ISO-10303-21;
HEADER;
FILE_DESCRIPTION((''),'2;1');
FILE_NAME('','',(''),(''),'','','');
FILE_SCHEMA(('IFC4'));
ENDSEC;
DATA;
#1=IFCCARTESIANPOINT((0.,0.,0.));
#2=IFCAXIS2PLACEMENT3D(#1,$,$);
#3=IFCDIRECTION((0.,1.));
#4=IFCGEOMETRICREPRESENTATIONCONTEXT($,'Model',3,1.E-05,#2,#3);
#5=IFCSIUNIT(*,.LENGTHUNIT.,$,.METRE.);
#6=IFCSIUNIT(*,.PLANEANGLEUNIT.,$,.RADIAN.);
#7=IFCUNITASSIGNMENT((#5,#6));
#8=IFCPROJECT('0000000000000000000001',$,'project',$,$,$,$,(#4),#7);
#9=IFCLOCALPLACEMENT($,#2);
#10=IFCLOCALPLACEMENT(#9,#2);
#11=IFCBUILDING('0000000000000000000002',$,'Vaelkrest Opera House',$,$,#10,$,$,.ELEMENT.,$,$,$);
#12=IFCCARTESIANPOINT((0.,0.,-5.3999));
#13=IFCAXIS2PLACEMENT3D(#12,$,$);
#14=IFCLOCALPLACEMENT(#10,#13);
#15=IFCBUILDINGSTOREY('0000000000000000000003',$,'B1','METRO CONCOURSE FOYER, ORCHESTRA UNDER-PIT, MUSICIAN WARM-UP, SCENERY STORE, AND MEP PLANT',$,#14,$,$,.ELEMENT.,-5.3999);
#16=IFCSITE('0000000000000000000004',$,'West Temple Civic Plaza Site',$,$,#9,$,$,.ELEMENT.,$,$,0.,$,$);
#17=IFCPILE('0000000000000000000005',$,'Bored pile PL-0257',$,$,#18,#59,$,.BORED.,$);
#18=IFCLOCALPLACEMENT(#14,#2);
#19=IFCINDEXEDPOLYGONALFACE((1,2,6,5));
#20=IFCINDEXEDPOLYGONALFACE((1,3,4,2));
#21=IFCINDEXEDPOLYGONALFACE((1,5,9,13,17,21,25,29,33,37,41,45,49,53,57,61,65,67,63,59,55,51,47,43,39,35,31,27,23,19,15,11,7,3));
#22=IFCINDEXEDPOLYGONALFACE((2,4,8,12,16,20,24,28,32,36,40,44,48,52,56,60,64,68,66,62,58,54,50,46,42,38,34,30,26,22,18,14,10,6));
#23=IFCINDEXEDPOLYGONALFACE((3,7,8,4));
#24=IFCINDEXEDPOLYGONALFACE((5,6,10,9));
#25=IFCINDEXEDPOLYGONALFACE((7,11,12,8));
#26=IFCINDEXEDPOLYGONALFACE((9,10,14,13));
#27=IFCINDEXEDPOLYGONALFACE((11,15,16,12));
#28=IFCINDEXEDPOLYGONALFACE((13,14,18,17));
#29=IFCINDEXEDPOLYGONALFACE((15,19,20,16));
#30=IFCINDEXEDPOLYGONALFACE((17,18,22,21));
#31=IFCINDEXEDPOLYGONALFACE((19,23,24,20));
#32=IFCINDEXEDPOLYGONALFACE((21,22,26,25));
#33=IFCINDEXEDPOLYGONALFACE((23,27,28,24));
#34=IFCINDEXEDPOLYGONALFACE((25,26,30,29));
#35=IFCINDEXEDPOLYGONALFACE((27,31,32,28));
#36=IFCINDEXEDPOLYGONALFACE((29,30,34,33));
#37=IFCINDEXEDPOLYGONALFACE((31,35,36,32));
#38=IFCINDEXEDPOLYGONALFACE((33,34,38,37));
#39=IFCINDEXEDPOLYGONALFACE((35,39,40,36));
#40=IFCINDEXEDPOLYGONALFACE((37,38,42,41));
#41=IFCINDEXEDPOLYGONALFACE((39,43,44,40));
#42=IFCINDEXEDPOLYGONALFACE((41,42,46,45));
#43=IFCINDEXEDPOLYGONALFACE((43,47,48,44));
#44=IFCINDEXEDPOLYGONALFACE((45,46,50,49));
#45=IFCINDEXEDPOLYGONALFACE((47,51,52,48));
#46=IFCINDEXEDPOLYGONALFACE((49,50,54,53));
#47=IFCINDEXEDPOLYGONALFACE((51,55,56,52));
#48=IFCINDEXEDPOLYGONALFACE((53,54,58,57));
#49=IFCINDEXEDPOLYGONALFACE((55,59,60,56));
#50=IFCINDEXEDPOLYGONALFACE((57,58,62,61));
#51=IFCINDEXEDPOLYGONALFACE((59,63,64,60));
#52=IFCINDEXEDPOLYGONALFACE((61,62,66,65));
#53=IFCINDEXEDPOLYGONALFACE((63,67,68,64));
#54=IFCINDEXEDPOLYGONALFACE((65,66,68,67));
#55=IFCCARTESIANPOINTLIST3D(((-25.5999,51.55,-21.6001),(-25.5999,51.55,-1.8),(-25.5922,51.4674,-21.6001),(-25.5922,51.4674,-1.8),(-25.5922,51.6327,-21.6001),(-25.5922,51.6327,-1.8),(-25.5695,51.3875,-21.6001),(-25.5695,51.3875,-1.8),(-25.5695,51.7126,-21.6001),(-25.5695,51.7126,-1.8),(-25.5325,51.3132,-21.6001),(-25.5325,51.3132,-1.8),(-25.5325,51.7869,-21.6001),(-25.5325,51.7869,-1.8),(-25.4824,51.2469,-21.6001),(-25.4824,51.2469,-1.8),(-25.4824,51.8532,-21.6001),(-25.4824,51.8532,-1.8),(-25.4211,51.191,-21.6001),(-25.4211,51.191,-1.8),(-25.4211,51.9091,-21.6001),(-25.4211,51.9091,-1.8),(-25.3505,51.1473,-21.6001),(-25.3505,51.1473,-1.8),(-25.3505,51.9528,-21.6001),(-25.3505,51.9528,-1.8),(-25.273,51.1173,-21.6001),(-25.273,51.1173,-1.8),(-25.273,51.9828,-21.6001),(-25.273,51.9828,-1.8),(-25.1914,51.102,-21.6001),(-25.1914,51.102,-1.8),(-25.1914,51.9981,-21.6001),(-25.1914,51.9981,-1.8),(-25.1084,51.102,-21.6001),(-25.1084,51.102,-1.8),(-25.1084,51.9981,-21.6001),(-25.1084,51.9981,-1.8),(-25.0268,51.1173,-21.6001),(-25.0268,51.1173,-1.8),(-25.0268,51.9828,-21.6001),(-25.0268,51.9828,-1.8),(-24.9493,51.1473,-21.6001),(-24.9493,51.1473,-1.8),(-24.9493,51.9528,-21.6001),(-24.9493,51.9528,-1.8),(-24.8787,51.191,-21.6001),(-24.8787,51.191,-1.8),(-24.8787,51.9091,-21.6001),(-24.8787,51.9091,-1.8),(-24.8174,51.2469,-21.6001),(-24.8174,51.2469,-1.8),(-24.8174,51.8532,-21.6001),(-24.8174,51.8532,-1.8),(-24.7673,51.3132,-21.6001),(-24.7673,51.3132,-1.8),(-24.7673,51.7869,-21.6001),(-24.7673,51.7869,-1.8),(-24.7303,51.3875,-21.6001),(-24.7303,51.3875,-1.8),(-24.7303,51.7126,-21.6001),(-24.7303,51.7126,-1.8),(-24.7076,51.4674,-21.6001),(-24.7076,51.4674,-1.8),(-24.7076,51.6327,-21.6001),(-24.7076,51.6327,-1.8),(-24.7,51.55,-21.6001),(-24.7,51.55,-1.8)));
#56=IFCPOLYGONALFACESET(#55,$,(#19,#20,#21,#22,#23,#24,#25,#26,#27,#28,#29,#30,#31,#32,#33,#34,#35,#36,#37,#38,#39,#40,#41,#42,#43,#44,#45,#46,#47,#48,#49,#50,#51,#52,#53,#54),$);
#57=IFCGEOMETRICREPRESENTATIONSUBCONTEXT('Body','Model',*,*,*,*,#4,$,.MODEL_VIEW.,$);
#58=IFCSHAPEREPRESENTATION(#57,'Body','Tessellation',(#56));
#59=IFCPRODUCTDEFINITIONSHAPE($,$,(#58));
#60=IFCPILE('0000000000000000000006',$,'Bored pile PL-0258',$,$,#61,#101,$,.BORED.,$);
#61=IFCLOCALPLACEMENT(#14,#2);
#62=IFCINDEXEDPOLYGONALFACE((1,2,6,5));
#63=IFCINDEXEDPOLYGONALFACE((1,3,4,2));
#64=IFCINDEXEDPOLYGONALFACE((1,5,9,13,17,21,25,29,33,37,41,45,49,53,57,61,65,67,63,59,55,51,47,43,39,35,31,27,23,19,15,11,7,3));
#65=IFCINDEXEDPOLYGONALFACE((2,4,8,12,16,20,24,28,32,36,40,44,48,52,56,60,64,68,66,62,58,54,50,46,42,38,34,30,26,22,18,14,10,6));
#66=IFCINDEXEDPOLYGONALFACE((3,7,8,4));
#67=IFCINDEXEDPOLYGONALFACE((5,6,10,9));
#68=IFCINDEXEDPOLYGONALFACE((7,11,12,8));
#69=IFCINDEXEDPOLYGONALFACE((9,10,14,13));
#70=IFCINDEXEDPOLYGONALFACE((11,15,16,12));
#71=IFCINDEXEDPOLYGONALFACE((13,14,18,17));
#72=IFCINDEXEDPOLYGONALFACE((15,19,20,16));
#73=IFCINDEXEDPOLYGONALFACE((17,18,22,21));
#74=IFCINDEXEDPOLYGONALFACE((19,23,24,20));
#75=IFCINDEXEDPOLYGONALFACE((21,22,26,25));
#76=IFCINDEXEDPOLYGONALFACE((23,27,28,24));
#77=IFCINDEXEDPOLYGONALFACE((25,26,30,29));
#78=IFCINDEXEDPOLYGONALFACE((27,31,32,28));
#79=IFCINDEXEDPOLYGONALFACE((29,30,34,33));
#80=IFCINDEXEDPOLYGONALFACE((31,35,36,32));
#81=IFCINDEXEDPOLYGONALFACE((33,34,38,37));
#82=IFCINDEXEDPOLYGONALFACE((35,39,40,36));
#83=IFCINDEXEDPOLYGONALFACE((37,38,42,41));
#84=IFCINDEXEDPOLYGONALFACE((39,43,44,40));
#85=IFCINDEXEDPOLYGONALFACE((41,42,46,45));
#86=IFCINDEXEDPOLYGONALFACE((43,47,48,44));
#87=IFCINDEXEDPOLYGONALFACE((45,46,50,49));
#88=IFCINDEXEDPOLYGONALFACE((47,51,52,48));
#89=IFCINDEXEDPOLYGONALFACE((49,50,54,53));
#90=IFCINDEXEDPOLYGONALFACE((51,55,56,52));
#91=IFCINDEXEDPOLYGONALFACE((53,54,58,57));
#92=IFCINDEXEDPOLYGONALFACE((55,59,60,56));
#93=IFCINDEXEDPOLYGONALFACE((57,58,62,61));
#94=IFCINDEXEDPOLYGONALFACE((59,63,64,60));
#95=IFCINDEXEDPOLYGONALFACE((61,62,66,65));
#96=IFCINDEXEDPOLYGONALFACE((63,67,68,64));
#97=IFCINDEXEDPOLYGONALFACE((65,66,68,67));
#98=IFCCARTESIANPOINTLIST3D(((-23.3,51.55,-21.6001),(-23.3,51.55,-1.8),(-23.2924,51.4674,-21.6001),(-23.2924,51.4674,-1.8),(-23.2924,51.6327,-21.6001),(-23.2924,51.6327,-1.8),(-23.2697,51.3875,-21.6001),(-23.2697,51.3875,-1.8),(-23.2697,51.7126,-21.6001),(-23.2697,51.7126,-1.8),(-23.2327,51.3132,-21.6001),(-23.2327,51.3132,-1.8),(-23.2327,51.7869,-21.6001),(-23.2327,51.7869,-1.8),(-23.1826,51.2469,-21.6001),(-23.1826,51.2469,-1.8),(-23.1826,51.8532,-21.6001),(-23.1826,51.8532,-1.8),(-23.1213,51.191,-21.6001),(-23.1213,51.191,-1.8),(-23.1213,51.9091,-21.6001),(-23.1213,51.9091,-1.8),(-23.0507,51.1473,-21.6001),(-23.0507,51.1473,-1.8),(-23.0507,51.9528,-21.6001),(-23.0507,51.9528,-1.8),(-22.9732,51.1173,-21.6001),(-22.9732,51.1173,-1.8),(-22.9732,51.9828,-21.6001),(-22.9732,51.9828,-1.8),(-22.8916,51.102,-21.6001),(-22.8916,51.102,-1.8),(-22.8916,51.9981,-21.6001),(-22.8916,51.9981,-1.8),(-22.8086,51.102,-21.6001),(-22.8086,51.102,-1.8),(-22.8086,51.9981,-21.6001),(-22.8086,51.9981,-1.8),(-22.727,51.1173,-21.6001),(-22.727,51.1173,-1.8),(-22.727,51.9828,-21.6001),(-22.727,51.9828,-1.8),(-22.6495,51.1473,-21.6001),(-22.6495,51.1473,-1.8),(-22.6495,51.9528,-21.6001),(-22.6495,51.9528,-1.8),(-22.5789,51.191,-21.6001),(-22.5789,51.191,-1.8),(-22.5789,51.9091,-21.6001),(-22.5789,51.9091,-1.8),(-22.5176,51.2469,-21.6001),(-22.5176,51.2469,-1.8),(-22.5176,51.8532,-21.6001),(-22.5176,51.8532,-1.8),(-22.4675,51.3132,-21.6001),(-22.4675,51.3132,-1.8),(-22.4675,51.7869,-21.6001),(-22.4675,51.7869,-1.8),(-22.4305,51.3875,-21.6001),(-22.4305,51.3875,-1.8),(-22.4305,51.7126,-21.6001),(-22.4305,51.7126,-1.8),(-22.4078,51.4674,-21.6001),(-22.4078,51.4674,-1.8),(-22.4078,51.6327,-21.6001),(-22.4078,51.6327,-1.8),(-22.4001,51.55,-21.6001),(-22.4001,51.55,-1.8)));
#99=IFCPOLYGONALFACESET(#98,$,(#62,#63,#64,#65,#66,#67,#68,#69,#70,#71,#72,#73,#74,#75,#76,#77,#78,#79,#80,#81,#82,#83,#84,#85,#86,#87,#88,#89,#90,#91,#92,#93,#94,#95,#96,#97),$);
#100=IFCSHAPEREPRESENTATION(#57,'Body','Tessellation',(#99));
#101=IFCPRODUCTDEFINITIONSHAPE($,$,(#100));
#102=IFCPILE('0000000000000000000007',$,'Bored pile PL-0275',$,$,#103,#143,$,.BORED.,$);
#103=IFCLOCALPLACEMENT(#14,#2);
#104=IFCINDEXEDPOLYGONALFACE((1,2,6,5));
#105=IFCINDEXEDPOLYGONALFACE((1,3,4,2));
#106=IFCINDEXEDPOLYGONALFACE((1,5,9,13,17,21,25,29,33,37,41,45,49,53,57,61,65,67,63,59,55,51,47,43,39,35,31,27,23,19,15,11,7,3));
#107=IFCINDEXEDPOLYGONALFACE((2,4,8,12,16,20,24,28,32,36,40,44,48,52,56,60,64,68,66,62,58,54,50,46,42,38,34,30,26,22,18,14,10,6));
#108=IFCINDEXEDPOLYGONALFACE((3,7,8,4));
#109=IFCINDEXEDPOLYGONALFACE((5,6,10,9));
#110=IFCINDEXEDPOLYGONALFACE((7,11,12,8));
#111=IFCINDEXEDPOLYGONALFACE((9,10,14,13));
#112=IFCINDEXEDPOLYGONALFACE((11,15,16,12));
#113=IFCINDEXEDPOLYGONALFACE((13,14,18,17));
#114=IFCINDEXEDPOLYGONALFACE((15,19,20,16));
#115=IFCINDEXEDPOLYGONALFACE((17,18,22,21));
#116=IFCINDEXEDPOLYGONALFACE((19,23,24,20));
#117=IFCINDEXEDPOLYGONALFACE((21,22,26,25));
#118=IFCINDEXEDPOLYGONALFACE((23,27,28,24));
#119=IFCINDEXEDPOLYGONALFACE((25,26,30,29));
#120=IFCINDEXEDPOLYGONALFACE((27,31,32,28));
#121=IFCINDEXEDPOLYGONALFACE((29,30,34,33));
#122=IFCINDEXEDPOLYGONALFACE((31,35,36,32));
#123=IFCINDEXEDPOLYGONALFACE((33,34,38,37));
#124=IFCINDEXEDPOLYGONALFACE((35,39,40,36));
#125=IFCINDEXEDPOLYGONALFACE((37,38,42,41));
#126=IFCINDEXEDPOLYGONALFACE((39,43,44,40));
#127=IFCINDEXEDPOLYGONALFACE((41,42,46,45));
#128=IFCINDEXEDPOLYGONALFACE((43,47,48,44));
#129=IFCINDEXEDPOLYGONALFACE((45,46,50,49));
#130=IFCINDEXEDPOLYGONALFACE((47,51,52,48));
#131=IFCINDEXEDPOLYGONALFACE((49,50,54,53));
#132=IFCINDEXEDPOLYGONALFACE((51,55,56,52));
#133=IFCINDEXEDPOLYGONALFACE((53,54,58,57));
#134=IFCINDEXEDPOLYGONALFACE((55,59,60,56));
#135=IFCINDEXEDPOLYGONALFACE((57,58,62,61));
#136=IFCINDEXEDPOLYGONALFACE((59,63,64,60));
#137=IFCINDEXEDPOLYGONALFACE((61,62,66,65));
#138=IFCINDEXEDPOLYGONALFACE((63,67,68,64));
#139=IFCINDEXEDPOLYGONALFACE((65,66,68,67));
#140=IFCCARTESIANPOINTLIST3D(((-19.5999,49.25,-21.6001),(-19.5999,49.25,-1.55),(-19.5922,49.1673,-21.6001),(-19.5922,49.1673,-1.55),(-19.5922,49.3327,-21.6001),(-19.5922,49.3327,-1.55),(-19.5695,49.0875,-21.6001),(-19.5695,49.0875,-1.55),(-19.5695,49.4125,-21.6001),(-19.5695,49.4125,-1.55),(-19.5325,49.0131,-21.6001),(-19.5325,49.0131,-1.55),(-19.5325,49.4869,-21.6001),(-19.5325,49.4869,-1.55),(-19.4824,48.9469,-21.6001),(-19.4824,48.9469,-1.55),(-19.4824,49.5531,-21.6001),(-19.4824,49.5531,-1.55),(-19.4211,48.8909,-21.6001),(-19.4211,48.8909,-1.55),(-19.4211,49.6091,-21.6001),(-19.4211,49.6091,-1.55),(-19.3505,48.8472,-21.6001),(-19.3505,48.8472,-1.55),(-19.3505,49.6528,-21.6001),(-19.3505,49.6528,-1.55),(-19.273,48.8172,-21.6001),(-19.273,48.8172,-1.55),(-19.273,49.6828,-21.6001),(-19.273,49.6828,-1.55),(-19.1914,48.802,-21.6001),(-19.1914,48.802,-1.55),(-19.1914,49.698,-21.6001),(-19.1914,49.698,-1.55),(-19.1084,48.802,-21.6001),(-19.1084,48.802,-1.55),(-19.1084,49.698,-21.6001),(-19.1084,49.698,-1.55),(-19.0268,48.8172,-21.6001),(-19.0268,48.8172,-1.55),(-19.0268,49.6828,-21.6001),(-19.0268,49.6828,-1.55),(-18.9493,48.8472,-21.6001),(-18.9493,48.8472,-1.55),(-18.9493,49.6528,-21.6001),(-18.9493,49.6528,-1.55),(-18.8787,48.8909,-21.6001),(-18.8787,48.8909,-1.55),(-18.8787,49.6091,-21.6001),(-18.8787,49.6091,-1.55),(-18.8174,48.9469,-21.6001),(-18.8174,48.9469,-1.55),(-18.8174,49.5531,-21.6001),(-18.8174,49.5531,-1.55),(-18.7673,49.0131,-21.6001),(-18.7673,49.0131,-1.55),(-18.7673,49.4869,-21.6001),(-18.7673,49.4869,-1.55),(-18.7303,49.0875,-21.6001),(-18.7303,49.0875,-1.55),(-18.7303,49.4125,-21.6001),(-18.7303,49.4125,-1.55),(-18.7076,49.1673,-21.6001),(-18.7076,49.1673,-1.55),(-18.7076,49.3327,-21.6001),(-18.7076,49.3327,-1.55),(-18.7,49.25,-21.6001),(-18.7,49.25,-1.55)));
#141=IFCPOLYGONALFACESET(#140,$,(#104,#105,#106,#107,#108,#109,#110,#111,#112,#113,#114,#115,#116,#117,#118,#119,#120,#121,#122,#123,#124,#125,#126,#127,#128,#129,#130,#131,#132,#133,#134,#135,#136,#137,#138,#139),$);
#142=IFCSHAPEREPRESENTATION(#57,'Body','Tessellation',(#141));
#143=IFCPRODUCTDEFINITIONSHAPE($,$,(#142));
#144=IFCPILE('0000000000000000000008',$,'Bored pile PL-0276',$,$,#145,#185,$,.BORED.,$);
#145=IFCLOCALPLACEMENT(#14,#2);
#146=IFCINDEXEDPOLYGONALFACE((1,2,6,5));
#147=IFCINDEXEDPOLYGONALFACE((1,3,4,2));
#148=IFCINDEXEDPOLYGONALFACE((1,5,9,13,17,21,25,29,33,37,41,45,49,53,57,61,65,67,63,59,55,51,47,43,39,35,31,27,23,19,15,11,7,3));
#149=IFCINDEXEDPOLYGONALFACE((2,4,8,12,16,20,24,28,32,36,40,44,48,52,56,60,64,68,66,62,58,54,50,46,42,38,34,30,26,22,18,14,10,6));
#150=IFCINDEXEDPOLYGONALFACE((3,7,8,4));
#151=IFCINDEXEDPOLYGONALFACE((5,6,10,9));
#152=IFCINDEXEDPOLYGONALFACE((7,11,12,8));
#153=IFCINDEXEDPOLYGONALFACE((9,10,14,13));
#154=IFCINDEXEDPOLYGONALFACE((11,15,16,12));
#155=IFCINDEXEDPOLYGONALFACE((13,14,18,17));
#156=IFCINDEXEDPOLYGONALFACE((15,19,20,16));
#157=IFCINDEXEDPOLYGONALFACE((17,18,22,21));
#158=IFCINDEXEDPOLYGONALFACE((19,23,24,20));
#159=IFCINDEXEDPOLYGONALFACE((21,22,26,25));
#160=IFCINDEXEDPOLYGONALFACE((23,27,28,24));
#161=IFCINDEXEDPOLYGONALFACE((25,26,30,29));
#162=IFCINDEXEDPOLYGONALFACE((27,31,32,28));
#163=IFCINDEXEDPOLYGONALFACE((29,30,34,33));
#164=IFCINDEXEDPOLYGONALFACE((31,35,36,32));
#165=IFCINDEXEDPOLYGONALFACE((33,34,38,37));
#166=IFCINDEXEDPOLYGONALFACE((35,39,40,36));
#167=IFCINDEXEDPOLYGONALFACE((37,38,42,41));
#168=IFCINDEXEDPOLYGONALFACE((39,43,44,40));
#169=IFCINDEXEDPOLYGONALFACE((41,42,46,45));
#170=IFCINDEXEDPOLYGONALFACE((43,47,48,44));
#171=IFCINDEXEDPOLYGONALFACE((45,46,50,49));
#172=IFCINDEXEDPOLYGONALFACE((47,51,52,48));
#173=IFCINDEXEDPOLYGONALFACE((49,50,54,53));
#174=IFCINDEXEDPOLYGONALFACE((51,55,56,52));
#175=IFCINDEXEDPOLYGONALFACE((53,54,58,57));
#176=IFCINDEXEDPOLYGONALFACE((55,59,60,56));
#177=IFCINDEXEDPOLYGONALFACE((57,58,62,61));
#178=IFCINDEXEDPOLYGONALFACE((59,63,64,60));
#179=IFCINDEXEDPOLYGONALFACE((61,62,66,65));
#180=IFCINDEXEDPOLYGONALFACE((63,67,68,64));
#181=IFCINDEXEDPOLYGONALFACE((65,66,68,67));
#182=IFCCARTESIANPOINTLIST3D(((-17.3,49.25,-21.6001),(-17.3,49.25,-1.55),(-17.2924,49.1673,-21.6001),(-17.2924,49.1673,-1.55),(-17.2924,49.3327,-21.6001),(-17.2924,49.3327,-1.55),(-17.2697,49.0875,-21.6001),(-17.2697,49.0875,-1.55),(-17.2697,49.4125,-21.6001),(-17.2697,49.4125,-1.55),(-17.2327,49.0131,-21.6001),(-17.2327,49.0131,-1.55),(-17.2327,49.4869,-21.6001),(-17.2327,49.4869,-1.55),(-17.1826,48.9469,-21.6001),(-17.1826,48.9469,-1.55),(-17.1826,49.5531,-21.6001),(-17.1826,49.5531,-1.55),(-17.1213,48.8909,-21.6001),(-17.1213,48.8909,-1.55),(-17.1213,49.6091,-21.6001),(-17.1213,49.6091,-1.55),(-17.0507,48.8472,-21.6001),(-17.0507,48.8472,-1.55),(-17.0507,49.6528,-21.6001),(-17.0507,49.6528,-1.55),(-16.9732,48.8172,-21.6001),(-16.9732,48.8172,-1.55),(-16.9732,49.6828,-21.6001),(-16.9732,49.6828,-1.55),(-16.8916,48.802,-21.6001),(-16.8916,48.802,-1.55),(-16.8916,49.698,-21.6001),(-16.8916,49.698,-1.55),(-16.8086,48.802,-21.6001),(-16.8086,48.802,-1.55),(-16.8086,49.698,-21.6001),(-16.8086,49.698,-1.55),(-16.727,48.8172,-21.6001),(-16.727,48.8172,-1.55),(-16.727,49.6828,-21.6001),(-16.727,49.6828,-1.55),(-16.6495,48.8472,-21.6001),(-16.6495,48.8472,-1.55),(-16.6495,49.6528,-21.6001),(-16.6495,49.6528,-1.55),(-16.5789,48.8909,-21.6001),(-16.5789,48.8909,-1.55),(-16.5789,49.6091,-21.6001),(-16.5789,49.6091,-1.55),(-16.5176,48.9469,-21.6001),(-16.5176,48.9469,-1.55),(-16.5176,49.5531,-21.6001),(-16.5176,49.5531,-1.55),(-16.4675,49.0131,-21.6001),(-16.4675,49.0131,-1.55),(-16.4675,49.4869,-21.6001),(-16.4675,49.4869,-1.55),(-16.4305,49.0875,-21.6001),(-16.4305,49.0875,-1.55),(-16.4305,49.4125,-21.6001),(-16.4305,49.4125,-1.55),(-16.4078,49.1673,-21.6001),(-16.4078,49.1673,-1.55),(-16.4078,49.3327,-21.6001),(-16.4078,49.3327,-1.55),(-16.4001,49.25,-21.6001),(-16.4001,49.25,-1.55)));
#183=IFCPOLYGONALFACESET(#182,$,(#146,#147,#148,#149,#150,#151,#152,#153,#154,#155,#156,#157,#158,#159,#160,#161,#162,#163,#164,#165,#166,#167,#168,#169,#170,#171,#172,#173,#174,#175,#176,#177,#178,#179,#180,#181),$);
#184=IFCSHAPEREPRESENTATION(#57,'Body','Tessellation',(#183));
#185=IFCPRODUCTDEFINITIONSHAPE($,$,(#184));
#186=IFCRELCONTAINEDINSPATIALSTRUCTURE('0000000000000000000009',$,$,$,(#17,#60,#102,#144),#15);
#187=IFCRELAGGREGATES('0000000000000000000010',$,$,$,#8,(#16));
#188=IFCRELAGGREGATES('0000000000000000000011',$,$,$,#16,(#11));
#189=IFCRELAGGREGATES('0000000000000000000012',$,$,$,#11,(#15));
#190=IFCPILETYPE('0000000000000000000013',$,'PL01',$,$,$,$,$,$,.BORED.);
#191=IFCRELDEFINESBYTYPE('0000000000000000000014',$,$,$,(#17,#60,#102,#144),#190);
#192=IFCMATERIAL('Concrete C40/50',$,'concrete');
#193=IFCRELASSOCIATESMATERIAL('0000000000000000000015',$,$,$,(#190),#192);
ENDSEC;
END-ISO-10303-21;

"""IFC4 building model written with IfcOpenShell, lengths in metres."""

from ifc_helpers import new_model, si_unit, direction, frame, origin, origin_2d, place, context, subcontext, project, spatial, circle, extrude, material, material_profile, profile_set, type_object, element, save


model = new_model("IFC4")

# Units and contexts
model_context = context("Model", 3, precision=1e-05, world=origin(), true_north=direction((0.0, 1.0)))
body_context = subcontext(model_context, "Body", "Model", "MODEL_VIEW")
ifc_project = project(units=[si_unit("LENGTHUNIT", "METRE"), si_unit("PLANEANGLEUNIT", "RADIAN")], contexts=[model_context])

# Site, building, storey
site_placement = place(None, origin())
site = spatial("IfcSite", under=ifc_project, at=site_placement, Name="West Temple Civic Plaza Site", CompositionType="ELEMENT", RefElevation=0.0)
building_placement = place(site_placement, origin())
building = spatial("IfcBuilding", under=site, at=building_placement, Name="Vaelkrest Opera House", CompositionType="ELEMENT")
storey_placement = place(building_placement, frame((0.0, 0.0, -5.3999)))
storey = spatial("IfcBuildingStorey", under=building, at=storey_placement, Name="B1", Description="METRO CONCOURSE FOYER, ORCHESTRA UNDER-PIT, MUSICIAN WARM-UP, SCENERY STORE, AND MEP PLANT", CompositionType="ELEMENT", Elevation=-5.3999)

# Shared definitions
ifc_material_1 = material(Name="Concrete C40/50", Category="concrete")

# Piles
ifc_material_profile_1 = material_profile(ifc_material_1, circle(Radius=0.45, at=origin_2d()), Name="PILE900")
ifc_profile_set_1 = profile_set([ifc_material_profile_1], Name="Concrete C40/50")
pile_type = type_object("IfcPileType", Name="PL01", PredefinedType="BORED", material=ifc_profile_set_1)
for number, where, z_axis, x_axis, name in (
    (1, (-25.1499, 51.55, -1.8), (0.0, 0.0, -1.0), (1.0, 0.0, 0.0), "Bored pile PL-0257"),
    (2, (-22.8501, 51.55, -1.8), (0.0, 0.0, -1.0), (1.0, 0.0, 0.0), "Bored pile PL-0258"),
):
    element("IfcPile", number, at=place(storey_placement, frame(where, z_axis=z_axis, x_axis=x_axis)), inside=storey, type_object=pile_type, Name=name, PredefinedType="BORED", context=body_context, shape_type="SweptSolid", body=[
        extrude(circle(Radius=0.45, at=origin_2d()), origin(), (0.0, 0.0, 1.0), 19.8),
    ])
for number, where, z_axis, x_axis, name in (
    (3, (-19.1499, 49.25, -1.55), (0.0, 0.0, -1.0), (1.0, 0.0, 0.0), "Bored pile PL-0275"),
    (4, (-16.8501, 49.25, -1.55), (0.0, 0.0, -1.0), (1.0, 0.0, 0.0), "Bored pile PL-0276"),
):
    element("IfcPile", number, at=place(storey_placement, frame(where, z_axis=z_axis, x_axis=x_axis)), inside=storey, type_object=pile_type, Name=name, PredefinedType="BORED", context=body_context, shape_type="SweptSolid", body=[
        extrude(circle(Radius=0.45, at=origin_2d()), origin(), (0.0, 0.0, 1.0), 20.05),
    ])

save(model, "model.ifc")
